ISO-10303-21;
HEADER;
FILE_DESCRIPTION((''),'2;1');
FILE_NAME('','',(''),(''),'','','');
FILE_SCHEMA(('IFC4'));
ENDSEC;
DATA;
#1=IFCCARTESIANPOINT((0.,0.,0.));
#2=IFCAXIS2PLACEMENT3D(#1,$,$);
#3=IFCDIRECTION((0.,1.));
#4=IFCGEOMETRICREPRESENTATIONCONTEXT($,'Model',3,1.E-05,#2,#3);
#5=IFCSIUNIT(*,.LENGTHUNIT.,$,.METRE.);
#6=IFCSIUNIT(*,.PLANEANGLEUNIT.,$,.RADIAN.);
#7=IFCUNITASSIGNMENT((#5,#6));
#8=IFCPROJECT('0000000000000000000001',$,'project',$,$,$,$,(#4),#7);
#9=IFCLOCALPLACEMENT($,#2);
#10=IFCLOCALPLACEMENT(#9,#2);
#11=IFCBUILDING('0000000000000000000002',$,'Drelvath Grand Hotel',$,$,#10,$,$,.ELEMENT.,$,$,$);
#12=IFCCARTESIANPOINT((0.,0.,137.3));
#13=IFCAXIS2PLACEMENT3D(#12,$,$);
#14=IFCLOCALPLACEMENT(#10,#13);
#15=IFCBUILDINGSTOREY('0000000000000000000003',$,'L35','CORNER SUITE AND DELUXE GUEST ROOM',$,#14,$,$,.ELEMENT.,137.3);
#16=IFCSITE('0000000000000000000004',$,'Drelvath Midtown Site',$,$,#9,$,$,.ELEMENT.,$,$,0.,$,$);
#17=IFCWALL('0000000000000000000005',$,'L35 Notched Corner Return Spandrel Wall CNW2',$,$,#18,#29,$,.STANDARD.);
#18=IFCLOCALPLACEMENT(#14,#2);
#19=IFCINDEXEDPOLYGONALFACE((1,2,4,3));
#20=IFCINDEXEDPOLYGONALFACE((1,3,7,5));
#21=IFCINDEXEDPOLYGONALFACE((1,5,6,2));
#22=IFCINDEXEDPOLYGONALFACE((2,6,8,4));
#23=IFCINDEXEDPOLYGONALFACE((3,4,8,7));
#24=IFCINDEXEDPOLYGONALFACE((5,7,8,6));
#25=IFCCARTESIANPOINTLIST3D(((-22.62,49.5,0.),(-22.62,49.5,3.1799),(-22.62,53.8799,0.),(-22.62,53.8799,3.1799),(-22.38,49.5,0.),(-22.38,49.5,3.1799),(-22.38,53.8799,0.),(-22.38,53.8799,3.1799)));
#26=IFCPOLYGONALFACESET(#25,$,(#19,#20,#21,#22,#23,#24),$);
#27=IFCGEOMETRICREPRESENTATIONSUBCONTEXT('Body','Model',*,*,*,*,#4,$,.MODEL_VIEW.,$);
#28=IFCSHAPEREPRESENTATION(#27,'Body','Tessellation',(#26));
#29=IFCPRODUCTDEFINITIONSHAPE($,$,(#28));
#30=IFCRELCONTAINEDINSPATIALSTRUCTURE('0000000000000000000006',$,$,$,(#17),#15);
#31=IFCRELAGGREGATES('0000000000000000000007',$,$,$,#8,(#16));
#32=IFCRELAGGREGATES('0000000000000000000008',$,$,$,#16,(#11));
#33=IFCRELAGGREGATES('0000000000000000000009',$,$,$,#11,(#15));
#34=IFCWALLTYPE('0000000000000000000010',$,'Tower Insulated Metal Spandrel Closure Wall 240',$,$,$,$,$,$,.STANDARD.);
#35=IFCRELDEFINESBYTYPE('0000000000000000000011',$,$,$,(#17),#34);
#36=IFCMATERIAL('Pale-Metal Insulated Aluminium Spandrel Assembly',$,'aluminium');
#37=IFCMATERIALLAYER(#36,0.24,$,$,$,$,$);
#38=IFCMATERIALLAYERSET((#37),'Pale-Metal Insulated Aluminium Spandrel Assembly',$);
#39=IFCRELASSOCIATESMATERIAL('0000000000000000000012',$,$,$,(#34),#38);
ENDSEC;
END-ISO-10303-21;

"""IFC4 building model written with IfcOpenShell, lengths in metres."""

from ifc_helpers import new_model, si_unit, direction, frame, frame_2d, origin, place, context, subcontext, project, spatial, rectangle, extrude, material, layer, layer_set, type_object, element, save


model = new_model("IFC4")

# Units and contexts
model_context = context("Model", 3, precision=1e-05, world=origin(), true_north=direction((0.0, 1.0)))
body_context = subcontext(model_context, "Body", "Model", "MODEL_VIEW")
ifc_project = project(units=[si_unit("LENGTHUNIT", "METRE"), si_unit("PLANEANGLEUNIT", "RADIAN")], contexts=[model_context])

# Site, building, storey
site_placement = place(None, origin())
site = spatial("IfcSite", under=ifc_project, at=site_placement, Name="Drelvath Midtown Site", CompositionType="ELEMENT", RefElevation=0.0)
building_placement = place(site_placement, origin())
building = spatial("IfcBuilding", under=site, at=building_placement, Name="Drelvath Grand Hotel", CompositionType="ELEMENT")
storey_placement = place(building_placement, frame((0.0, 0.0, 137.3)))
storey = spatial("IfcBuildingStorey", under=building, at=storey_placement, Name="L35", Description="CORNER SUITE AND DELUXE GUEST ROOM", CompositionType="ELEMENT", Elevation=137.3)

# Wall
ifc_material_1 = material(Name="Pale-Metal Insulated Aluminium Spandrel Assembly", Category="aluminium")
ifc_layer_1 = layer(ifc_material_1, 0.24)
ifc_layer_set_1 = layer_set([ifc_layer_1], Name="Pale-Metal Insulated Aluminium Spandrel Assembly")
wall_type_1 = type_object("IfcWallType", Name="Tower Insulated Metal Spandrel Closure Wall 240", PredefinedType="STANDARD", material=ifc_layer_set_1)
for number, where, z_axis, x_axis, name in (
    (1, (-22.5, 49.5, 0.0), (0.0, 0.0, 1.0), (0.0, 1.0, 0.0), "L35 Notched Corner Return Spandrel Wall CNW2"),
):
    element("IfcWall", number, at=place(storey_placement, frame(where, z_axis=z_axis, x_axis=x_axis)), inside=storey, type_object=wall_type_1, Name=name, PredefinedType="STANDARD", context=body_context, shape_type="SweptSolid", body=[
        extrude(rectangle(XDim=4.3799, YDim=0.24, at=frame_2d((2.1899, 0.0))), origin(), (0.0, 0.0, 1.0), 3.1799),
    ])

save(model, "model.ifc")
